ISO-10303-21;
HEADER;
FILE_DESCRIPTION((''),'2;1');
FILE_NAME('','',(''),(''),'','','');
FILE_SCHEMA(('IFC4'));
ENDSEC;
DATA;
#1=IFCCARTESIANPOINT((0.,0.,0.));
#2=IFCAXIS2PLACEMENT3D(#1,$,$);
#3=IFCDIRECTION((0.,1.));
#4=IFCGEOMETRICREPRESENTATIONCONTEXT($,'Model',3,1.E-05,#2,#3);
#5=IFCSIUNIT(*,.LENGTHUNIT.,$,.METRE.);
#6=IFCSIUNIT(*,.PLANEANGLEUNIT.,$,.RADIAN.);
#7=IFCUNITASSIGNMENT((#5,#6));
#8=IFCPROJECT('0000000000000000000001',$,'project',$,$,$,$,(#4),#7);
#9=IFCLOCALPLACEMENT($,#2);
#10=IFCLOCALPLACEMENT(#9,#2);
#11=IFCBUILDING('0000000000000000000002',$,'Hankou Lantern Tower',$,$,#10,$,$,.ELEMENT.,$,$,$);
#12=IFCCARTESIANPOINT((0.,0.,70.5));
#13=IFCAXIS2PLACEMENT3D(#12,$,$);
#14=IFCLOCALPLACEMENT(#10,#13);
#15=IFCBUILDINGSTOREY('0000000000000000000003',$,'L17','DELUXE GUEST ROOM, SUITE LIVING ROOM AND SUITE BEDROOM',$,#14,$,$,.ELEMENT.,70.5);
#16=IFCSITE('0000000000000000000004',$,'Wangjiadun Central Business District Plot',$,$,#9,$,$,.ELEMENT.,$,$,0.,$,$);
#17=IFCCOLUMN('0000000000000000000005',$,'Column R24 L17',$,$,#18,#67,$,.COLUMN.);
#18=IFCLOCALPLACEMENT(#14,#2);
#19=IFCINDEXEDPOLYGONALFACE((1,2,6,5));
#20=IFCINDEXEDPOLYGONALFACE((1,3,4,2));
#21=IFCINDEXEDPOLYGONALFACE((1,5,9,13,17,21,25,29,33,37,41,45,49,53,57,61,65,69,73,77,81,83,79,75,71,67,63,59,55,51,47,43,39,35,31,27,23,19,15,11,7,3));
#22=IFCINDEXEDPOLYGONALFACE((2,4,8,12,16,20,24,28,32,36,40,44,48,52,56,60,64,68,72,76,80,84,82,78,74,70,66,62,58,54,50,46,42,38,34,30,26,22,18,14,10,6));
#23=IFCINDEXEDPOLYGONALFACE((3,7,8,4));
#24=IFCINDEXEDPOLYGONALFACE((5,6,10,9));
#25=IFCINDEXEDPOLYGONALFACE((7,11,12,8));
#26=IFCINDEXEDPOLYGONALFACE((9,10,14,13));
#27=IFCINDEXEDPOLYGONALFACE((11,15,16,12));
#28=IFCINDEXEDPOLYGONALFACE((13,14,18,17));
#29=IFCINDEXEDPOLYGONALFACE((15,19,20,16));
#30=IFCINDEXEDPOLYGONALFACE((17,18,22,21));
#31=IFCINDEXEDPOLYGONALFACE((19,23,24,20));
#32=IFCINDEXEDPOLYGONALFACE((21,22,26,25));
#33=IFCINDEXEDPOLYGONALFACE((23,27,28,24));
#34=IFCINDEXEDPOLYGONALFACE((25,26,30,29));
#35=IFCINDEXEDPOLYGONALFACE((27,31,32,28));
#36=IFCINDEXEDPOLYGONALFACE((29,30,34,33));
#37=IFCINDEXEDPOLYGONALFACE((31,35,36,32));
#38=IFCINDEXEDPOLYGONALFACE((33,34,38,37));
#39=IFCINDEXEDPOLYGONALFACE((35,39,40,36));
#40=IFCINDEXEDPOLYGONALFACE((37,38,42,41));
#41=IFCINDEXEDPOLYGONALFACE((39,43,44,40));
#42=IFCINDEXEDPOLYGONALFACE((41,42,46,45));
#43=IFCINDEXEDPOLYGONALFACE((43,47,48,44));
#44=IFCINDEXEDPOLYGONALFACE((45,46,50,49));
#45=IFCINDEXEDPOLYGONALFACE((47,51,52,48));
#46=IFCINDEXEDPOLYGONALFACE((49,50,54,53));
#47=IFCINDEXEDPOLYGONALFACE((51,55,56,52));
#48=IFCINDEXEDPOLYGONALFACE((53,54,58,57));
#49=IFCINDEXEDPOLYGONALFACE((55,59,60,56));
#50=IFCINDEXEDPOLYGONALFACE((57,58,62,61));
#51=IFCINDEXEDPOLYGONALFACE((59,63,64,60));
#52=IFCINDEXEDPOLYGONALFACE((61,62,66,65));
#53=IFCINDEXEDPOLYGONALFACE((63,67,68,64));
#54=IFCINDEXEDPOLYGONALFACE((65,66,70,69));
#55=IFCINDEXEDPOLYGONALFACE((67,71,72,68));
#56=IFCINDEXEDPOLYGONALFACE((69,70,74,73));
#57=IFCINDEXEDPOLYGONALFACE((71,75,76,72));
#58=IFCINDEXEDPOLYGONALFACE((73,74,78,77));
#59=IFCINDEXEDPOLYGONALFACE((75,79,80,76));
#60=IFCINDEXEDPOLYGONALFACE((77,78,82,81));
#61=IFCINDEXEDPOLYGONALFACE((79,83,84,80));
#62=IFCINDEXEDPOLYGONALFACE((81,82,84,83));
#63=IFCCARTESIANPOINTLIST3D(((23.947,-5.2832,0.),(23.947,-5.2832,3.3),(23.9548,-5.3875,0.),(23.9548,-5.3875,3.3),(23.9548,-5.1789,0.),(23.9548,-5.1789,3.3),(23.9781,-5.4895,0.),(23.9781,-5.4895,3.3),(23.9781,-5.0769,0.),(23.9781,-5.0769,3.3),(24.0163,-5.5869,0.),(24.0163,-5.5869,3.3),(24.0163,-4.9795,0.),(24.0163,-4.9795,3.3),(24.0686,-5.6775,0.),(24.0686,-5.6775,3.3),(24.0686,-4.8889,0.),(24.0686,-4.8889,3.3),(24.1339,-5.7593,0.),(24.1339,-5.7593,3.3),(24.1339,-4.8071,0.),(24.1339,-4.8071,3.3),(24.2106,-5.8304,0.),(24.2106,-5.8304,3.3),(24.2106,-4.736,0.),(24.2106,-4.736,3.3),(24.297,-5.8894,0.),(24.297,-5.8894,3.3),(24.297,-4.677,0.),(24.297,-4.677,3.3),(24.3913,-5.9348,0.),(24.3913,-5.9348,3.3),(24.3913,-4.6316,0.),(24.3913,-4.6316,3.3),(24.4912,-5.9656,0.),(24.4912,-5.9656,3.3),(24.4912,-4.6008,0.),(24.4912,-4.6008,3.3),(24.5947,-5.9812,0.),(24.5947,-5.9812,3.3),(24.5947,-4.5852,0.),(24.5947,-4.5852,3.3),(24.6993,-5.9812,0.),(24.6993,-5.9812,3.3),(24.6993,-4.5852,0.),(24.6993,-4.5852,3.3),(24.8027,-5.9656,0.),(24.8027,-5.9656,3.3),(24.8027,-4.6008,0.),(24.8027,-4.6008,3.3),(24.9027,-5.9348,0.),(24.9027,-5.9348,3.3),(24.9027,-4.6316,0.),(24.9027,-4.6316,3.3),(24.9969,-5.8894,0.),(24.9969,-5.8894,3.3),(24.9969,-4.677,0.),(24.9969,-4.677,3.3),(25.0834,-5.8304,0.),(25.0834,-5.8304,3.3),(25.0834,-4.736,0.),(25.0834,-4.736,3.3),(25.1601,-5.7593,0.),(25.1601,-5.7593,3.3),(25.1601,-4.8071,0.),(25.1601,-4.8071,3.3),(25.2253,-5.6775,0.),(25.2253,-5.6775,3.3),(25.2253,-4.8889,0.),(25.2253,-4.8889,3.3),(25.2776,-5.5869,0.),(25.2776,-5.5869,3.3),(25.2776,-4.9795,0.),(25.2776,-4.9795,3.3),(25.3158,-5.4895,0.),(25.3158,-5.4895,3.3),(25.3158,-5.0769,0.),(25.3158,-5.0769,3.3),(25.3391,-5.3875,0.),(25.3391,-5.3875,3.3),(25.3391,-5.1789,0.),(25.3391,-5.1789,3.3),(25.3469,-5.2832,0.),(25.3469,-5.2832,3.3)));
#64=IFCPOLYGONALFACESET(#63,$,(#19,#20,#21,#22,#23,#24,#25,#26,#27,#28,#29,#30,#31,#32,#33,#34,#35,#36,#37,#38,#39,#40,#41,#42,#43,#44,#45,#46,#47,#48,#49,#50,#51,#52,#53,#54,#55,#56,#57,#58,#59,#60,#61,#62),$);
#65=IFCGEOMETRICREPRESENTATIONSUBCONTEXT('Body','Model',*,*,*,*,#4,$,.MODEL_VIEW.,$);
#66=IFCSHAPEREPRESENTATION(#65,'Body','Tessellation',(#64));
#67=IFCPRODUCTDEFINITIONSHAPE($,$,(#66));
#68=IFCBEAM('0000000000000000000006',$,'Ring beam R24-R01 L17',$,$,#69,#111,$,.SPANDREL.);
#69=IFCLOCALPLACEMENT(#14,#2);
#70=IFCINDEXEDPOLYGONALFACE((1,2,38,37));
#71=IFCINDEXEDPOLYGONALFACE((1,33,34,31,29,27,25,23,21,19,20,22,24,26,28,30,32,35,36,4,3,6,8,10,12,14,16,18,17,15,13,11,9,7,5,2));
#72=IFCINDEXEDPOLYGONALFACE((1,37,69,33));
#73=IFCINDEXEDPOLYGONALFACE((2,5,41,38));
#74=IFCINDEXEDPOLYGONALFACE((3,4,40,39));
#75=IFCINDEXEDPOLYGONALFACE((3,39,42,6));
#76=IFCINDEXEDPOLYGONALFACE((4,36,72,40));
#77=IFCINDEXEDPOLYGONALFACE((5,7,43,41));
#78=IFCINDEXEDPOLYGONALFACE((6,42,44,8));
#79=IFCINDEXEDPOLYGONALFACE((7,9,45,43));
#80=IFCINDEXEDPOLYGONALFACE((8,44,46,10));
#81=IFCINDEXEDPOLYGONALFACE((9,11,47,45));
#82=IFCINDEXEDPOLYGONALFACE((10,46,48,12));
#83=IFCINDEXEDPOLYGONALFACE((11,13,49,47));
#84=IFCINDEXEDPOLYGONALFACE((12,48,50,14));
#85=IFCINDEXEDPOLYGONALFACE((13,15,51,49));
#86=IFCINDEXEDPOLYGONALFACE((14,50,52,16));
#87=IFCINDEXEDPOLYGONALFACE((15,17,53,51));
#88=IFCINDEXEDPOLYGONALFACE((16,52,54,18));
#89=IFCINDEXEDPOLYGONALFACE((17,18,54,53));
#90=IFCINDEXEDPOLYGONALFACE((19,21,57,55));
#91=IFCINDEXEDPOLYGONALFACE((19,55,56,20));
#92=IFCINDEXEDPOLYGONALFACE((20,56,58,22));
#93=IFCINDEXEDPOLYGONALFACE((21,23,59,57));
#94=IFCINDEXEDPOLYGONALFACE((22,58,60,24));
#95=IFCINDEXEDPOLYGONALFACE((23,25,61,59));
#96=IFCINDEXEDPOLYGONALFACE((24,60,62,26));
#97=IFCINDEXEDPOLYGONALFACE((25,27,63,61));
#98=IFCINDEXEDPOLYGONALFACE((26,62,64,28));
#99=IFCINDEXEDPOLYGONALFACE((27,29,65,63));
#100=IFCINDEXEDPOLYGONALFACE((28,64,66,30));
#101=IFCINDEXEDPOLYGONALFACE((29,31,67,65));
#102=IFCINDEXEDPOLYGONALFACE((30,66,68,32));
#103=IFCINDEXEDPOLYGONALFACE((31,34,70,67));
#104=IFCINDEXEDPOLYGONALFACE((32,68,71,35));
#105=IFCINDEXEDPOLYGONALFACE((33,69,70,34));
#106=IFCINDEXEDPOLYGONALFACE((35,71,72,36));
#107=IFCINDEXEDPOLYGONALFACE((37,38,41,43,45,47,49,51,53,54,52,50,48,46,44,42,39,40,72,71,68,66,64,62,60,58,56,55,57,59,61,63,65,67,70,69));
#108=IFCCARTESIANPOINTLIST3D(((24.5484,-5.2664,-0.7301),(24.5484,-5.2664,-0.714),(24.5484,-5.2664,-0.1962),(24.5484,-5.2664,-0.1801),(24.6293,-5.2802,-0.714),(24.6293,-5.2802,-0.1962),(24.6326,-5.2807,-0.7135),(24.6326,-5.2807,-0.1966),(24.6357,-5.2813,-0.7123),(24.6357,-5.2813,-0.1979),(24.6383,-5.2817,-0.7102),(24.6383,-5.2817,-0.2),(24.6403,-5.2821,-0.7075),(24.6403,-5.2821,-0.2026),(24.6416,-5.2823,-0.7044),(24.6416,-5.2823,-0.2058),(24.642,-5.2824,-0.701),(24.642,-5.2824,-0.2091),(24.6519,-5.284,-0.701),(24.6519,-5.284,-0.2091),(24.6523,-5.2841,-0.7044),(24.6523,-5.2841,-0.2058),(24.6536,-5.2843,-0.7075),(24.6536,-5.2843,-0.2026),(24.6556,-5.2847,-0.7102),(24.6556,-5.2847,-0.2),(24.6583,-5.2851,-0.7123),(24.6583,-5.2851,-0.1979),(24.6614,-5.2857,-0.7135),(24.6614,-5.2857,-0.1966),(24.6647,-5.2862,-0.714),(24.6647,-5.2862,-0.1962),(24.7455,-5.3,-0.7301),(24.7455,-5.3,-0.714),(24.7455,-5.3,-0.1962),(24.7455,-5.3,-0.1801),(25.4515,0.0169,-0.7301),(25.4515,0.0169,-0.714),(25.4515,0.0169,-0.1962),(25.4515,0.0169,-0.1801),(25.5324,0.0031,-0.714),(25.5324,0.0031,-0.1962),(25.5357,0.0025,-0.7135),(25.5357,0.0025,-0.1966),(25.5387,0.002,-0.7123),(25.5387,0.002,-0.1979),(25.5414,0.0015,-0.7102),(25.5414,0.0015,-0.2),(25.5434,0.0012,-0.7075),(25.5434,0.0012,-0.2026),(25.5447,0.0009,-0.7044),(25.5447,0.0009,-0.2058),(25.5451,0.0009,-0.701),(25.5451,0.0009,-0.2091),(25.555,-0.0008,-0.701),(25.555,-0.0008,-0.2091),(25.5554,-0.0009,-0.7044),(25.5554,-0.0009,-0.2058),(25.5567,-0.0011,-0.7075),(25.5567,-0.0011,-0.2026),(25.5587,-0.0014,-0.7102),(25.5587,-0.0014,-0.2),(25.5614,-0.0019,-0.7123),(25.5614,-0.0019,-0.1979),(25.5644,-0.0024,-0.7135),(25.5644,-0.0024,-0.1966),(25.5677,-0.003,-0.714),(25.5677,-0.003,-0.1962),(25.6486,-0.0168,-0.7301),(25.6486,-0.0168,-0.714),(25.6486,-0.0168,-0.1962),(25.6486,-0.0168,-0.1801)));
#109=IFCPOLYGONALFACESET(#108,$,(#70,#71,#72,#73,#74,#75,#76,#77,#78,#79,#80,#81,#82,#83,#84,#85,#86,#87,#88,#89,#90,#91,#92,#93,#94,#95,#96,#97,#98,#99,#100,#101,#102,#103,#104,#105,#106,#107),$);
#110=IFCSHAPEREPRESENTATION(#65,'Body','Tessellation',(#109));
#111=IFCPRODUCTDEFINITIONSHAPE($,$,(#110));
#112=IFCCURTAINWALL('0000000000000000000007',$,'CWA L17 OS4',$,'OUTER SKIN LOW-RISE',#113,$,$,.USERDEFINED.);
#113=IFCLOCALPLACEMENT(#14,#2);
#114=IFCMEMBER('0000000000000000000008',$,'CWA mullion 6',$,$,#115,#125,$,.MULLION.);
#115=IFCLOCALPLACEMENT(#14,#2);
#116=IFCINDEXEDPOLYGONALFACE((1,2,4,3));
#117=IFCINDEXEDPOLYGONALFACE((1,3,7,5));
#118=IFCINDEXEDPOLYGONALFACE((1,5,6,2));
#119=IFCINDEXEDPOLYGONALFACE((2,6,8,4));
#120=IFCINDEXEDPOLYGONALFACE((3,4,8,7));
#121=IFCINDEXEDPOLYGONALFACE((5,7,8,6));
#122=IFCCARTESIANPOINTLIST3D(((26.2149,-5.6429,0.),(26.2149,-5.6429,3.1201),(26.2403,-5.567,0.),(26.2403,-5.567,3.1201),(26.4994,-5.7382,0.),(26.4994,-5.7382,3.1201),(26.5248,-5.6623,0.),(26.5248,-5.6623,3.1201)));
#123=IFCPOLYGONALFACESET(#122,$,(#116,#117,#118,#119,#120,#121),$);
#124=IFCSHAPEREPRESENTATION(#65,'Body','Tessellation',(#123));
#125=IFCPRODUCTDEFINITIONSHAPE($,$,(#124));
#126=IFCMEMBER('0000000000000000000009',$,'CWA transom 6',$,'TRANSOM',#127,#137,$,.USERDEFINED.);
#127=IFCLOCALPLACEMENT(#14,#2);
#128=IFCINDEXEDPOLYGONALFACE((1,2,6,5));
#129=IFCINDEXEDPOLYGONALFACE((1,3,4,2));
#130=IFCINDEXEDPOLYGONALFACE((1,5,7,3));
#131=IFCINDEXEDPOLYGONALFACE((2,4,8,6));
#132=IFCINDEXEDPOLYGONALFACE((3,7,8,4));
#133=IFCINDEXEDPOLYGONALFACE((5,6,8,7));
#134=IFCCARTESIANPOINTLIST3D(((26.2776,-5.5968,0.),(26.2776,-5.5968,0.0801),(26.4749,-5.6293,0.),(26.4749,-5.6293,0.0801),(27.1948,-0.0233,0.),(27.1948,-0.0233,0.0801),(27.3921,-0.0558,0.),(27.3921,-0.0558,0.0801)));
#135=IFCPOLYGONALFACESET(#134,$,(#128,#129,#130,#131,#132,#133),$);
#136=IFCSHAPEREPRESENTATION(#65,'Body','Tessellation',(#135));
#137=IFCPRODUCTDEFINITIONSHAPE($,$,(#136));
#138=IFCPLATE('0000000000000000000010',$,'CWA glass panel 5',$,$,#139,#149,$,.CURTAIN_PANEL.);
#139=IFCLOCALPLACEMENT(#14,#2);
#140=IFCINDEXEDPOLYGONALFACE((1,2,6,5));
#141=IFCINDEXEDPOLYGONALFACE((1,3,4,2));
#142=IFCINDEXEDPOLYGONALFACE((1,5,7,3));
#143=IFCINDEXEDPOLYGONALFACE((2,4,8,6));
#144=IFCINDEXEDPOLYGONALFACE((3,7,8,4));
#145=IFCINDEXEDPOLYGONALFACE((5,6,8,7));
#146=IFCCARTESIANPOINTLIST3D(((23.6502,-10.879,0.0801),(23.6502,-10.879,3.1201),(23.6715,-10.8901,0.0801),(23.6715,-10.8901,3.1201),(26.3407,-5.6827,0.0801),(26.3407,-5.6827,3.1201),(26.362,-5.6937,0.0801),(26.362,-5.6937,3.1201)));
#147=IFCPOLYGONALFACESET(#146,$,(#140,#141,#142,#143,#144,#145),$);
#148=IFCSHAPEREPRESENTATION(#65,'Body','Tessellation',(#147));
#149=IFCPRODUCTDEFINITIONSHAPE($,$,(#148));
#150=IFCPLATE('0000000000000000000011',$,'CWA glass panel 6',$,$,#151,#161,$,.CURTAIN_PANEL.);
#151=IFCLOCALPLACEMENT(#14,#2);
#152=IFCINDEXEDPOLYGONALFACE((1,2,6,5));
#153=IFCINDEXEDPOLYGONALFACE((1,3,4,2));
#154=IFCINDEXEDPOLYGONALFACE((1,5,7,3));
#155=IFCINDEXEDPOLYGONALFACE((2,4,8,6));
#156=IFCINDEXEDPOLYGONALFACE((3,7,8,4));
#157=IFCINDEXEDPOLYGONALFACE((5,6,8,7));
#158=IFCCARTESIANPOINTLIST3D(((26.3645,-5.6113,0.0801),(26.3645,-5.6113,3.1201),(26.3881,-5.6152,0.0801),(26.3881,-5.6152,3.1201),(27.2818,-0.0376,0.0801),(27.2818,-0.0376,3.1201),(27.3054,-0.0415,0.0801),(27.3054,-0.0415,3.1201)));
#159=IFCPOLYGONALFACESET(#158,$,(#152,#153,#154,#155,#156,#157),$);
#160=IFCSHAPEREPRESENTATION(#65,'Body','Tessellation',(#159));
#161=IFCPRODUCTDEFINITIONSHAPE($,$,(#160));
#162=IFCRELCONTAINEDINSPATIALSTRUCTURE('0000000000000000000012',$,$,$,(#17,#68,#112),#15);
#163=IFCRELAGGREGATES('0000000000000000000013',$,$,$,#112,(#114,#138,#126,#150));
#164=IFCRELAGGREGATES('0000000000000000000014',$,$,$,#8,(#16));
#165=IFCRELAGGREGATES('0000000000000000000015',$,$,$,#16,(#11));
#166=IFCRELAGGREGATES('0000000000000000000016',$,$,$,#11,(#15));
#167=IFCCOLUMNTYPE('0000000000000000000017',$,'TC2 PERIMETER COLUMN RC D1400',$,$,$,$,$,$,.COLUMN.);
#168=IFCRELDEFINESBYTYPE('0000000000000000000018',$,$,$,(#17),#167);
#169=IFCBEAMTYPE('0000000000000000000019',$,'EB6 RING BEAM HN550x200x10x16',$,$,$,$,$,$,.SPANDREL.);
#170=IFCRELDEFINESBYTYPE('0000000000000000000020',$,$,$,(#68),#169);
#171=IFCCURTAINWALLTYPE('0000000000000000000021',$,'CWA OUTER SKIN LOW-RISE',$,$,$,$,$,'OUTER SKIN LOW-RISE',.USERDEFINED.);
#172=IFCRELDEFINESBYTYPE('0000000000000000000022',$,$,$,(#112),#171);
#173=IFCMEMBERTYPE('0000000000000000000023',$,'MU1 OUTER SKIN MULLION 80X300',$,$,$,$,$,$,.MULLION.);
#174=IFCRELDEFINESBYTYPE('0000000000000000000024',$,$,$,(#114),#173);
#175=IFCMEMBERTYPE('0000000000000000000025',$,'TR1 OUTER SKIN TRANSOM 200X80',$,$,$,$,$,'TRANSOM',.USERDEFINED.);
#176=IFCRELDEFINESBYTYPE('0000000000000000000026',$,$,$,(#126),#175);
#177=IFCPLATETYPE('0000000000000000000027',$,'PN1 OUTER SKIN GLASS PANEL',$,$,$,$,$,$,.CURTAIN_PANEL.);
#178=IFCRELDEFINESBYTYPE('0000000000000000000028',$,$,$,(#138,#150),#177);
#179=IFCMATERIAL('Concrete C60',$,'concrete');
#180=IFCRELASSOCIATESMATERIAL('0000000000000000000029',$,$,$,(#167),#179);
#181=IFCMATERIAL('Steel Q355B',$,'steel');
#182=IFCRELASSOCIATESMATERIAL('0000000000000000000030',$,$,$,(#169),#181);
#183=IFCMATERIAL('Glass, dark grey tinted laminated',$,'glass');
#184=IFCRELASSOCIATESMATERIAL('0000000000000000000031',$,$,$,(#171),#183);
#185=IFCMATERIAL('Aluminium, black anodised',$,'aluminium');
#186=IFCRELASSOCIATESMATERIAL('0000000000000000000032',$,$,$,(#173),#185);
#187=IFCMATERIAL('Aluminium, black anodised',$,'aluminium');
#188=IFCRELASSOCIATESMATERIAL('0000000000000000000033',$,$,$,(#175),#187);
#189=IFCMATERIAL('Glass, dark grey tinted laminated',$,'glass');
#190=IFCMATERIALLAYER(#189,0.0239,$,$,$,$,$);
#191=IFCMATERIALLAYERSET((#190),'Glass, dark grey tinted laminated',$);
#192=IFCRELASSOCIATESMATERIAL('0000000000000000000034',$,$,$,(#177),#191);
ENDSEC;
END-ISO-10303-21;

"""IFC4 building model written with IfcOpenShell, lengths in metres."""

from ifc_helpers import new_model, si_unit, direction, frame, origin, origin_2d, place, context, subcontext, project, spatial, rectangle, circle, i_section, extrude, material, layer, layer_set, material_profile, profile_set, type_object, element, aggregate, save


model = new_model("IFC4")

# Units and contexts
model_context = context("Model", 3, precision=1e-05, world=origin(), true_north=direction((0.0, 1.0)))
body_context = subcontext(model_context, "Body", "Model", "MODEL_VIEW")
ifc_project = project(units=[si_unit("LENGTHUNIT", "METRE"), si_unit("PLANEANGLEUNIT", "RADIAN")], contexts=[model_context])

# Site, building, storey
site_placement = place(None, origin())
site = spatial("IfcSite", under=ifc_project, at=site_placement, Name="Wangjiadun Central Business District Plot", CompositionType="ELEMENT", RefElevation=0.0)
building_placement = place(site_placement, origin())
building = spatial("IfcBuilding", under=site, at=building_placement, Name="Hankou Lantern Tower", CompositionType="ELEMENT")
storey_placement = place(building_placement, frame((0.0, 0.0, 70.5)))
storey = spatial("IfcBuildingStorey", under=building, at=storey_placement, Name="L17", Description="DELUXE GUEST ROOM, SUITE LIVING ROOM AND SUITE BEDROOM", CompositionType="ELEMENT", Elevation=70.5)

# Column
ifc_material_1 = material(Name="Concrete C60", Category="concrete")
ifc_material_profile_1 = material_profile(ifc_material_1, circle(Radius=0.7, at=origin_2d()), Name="RC D1400")
ifc_profile_set_1 = profile_set([ifc_material_profile_1], Name="Concrete C60")
column_type = type_object("IfcColumnType", Name="TC2 PERIMETER COLUMN RC D1400", PredefinedType="COLUMN", material=ifc_profile_set_1)
column_placement = place(storey_placement, frame((24.647, -5.2832, 0.0), z_axis=(0.0, 0.0, 1.0), x_axis=(1.0, 0.0, 0.0)))
element("IfcColumn", 1, at=column_placement, inside=storey, type_object=column_type, Name="Column R24 L17", PredefinedType="COLUMN", context=body_context, shape_type="SweptSolid", body=[
    extrude(circle(Radius=0.7, at=origin_2d()), origin(), (0.0, 0.0, 1.0), 3.3),
])

# Beam
ifc_material_2 = material(Name="Steel Q355B", Category="steel")
ifc_material_profile_2 = material_profile(ifc_material_2, i_section(OverallWidth=0.2, OverallDepth=0.55, WebThickness=0.01, FlangeThickness=0.0161, FilletRadius=0.0129, at=origin_2d()), Name="HN550x200x10x16")
ifc_profile_set_2 = profile_set([ifc_material_profile_2], Name="Steel Q355B")
beam_type = type_object("IfcBeamType", Name="EB6 RING BEAM HN550x200x10x16", PredefinedType="SPANDREL", material=ifc_profile_set_2)
beam_placement = place(storey_placement, frame((24.647, -5.2832, -0.4551), z_axis=(0.16849, 0.985703, 0.0), x_axis=(-0.985703, 0.16849, 0.0)))
element("IfcBeam", 2, at=beam_placement, inside=storey, type_object=beam_type, Name="Ring beam R24-R01 L17", PredefinedType="SPANDREL", context=body_context, shape_type="SweptSolid", body=[
    extrude(i_section(OverallWidth=0.2, OverallDepth=0.55, WebThickness=0.01, FlangeThickness=0.0161, FilletRadius=0.0129, at=origin_2d()), origin(), (0.0, 0.0, 1.0), 5.3599),
])

# Curtain wall, members, plates
ifc_material_3 = material(Name="Glass, dark grey tinted laminated", Category="glass")
curtain_wall_type = type_object("IfcCurtainWallType", Name="CWA OUTER SKIN LOW-RISE", ElementType="OUTER SKIN LOW-RISE", PredefinedType="USERDEFINED", material=ifc_material_3)
curtain_wall_placement = place(storey_placement, origin())
curtain_wall = element("IfcCurtainWall", 3, at=curtain_wall_placement, inside=storey, type_object=curtain_wall_type, Name="CWA L17 OS4", ObjectType="OUTER SKIN LOW-RISE", PredefinedType="USERDEFINED")
ifc_material_4 = material(Name="Aluminium, black anodised", Category="aluminium")
ifc_material_profile_3 = material_profile(ifc_material_4, rectangle(XDim=0.0801, YDim=0.3, at=origin_2d()), Name="MU1 80X300")
ifc_profile_set_3 = profile_set([ifc_material_profile_3], Name="Aluminium, black anodised")
member_type_1 = type_object("IfcMemberType", Name="MU1 OUTER SKIN MULLION 80X300", PredefinedType="MULLION", material=ifc_profile_set_3)
member_1_placement = place(storey_placement, frame((26.3699, -5.6526, 0.0), z_axis=(0.0, 0.0, 1.0), x_axis=(0.317596, 0.948226, 0.0)))
member_1 = element("IfcMember", 4, at=member_1_placement, type_object=member_type_1, Name="CWA mullion 6", PredefinedType="MULLION", context=body_context, shape_type="SweptSolid", body=[
    extrude(rectangle(XDim=0.0801, YDim=0.3, at=origin_2d()), origin(), (0.0, 0.0, 1.0), 3.1201),
])
ifc_material_5 = material(Name="Aluminium, black anodised", Category="aluminium")
ifc_material_profile_4 = material_profile(ifc_material_5, rectangle(XDim=0.2, YDim=0.0801, at=origin_2d()), Name="TR1 200X80")
ifc_profile_set_4 = profile_set([ifc_material_profile_4], Name="Aluminium, black anodised")
member_type_2 = type_object("IfcMemberType", Name="TR1 OUTER SKIN TRANSOM 200X80", ElementType="TRANSOM", PredefinedType="USERDEFINED", material=ifc_profile_set_4)
member_2_placement = place(storey_placement, frame((26.3762, -5.613, 0.04), z_axis=(0.162387, 0.986727, 0.0), x_axis=(-0.986727, 0.162387, 0.0)))
member_2 = element("IfcMember", 5, at=member_2_placement, type_object=member_type_2, Name="CWA transom 6", ObjectType="TRANSOM", PredefinedType="USERDEFINED", context=body_context, shape_type="SweptSolid", body=[
    extrude(rectangle(XDim=0.2, YDim=0.0801, at=origin_2d()), origin(), (0.0, 0.0, 1.0), 5.6484),
])
ifc_material_6 = material(Name="Glass, dark grey tinted laminated", Category="glass")
ifc_layer_1 = layer(ifc_material_6, 0.0239)
ifc_layer_set_1 = layer_set([ifc_layer_1], Name="Glass, dark grey tinted laminated")
plate_type = type_object("IfcPlateType", Name="PN1 OUTER SKIN GLASS PANEL", PredefinedType="CURTAIN_PANEL", material=ifc_layer_set_1)
plate_1_placement = place(storey_placement, frame((25.0061, -8.2864, 0.0801), z_axis=(0.0, 0.0, 1.0), x_axis=(0.459791, 0.888027, 0.0)))
plate_1 = element("IfcPlate", 6, at=plate_1_placement, type_object=plate_type, Name="CWA glass panel 5", PredefinedType="CURTAIN_PANEL", context=body_context, shape_type="SweptSolid", body=[
    extrude(rectangle(XDim=5.8516, YDim=0.0239, at=origin_2d()), origin(), (0.0, 0.0, 1.0), 3.04),
])
plate_2_placement = place(storey_placement, frame((26.835, -2.8264, 0.0801), z_axis=(0.0, 0.0, 1.0), x_axis=(0.162382, 0.986728, 0.0)))
plate_2 = element("IfcPlate", 7, at=plate_2_placement, type_object=plate_type, Name="CWA glass panel 6", PredefinedType="CURTAIN_PANEL", context=body_context, shape_type="SweptSolid", body=[
    extrude(rectangle(XDim=5.6487, YDim=0.0239, at=origin_2d()), origin(), (0.0, 0.0, 1.0), 3.04),
])
aggregate(curtain_wall, [member_1, plate_1, member_2, plate_2])

save(model, "model.ifc")
